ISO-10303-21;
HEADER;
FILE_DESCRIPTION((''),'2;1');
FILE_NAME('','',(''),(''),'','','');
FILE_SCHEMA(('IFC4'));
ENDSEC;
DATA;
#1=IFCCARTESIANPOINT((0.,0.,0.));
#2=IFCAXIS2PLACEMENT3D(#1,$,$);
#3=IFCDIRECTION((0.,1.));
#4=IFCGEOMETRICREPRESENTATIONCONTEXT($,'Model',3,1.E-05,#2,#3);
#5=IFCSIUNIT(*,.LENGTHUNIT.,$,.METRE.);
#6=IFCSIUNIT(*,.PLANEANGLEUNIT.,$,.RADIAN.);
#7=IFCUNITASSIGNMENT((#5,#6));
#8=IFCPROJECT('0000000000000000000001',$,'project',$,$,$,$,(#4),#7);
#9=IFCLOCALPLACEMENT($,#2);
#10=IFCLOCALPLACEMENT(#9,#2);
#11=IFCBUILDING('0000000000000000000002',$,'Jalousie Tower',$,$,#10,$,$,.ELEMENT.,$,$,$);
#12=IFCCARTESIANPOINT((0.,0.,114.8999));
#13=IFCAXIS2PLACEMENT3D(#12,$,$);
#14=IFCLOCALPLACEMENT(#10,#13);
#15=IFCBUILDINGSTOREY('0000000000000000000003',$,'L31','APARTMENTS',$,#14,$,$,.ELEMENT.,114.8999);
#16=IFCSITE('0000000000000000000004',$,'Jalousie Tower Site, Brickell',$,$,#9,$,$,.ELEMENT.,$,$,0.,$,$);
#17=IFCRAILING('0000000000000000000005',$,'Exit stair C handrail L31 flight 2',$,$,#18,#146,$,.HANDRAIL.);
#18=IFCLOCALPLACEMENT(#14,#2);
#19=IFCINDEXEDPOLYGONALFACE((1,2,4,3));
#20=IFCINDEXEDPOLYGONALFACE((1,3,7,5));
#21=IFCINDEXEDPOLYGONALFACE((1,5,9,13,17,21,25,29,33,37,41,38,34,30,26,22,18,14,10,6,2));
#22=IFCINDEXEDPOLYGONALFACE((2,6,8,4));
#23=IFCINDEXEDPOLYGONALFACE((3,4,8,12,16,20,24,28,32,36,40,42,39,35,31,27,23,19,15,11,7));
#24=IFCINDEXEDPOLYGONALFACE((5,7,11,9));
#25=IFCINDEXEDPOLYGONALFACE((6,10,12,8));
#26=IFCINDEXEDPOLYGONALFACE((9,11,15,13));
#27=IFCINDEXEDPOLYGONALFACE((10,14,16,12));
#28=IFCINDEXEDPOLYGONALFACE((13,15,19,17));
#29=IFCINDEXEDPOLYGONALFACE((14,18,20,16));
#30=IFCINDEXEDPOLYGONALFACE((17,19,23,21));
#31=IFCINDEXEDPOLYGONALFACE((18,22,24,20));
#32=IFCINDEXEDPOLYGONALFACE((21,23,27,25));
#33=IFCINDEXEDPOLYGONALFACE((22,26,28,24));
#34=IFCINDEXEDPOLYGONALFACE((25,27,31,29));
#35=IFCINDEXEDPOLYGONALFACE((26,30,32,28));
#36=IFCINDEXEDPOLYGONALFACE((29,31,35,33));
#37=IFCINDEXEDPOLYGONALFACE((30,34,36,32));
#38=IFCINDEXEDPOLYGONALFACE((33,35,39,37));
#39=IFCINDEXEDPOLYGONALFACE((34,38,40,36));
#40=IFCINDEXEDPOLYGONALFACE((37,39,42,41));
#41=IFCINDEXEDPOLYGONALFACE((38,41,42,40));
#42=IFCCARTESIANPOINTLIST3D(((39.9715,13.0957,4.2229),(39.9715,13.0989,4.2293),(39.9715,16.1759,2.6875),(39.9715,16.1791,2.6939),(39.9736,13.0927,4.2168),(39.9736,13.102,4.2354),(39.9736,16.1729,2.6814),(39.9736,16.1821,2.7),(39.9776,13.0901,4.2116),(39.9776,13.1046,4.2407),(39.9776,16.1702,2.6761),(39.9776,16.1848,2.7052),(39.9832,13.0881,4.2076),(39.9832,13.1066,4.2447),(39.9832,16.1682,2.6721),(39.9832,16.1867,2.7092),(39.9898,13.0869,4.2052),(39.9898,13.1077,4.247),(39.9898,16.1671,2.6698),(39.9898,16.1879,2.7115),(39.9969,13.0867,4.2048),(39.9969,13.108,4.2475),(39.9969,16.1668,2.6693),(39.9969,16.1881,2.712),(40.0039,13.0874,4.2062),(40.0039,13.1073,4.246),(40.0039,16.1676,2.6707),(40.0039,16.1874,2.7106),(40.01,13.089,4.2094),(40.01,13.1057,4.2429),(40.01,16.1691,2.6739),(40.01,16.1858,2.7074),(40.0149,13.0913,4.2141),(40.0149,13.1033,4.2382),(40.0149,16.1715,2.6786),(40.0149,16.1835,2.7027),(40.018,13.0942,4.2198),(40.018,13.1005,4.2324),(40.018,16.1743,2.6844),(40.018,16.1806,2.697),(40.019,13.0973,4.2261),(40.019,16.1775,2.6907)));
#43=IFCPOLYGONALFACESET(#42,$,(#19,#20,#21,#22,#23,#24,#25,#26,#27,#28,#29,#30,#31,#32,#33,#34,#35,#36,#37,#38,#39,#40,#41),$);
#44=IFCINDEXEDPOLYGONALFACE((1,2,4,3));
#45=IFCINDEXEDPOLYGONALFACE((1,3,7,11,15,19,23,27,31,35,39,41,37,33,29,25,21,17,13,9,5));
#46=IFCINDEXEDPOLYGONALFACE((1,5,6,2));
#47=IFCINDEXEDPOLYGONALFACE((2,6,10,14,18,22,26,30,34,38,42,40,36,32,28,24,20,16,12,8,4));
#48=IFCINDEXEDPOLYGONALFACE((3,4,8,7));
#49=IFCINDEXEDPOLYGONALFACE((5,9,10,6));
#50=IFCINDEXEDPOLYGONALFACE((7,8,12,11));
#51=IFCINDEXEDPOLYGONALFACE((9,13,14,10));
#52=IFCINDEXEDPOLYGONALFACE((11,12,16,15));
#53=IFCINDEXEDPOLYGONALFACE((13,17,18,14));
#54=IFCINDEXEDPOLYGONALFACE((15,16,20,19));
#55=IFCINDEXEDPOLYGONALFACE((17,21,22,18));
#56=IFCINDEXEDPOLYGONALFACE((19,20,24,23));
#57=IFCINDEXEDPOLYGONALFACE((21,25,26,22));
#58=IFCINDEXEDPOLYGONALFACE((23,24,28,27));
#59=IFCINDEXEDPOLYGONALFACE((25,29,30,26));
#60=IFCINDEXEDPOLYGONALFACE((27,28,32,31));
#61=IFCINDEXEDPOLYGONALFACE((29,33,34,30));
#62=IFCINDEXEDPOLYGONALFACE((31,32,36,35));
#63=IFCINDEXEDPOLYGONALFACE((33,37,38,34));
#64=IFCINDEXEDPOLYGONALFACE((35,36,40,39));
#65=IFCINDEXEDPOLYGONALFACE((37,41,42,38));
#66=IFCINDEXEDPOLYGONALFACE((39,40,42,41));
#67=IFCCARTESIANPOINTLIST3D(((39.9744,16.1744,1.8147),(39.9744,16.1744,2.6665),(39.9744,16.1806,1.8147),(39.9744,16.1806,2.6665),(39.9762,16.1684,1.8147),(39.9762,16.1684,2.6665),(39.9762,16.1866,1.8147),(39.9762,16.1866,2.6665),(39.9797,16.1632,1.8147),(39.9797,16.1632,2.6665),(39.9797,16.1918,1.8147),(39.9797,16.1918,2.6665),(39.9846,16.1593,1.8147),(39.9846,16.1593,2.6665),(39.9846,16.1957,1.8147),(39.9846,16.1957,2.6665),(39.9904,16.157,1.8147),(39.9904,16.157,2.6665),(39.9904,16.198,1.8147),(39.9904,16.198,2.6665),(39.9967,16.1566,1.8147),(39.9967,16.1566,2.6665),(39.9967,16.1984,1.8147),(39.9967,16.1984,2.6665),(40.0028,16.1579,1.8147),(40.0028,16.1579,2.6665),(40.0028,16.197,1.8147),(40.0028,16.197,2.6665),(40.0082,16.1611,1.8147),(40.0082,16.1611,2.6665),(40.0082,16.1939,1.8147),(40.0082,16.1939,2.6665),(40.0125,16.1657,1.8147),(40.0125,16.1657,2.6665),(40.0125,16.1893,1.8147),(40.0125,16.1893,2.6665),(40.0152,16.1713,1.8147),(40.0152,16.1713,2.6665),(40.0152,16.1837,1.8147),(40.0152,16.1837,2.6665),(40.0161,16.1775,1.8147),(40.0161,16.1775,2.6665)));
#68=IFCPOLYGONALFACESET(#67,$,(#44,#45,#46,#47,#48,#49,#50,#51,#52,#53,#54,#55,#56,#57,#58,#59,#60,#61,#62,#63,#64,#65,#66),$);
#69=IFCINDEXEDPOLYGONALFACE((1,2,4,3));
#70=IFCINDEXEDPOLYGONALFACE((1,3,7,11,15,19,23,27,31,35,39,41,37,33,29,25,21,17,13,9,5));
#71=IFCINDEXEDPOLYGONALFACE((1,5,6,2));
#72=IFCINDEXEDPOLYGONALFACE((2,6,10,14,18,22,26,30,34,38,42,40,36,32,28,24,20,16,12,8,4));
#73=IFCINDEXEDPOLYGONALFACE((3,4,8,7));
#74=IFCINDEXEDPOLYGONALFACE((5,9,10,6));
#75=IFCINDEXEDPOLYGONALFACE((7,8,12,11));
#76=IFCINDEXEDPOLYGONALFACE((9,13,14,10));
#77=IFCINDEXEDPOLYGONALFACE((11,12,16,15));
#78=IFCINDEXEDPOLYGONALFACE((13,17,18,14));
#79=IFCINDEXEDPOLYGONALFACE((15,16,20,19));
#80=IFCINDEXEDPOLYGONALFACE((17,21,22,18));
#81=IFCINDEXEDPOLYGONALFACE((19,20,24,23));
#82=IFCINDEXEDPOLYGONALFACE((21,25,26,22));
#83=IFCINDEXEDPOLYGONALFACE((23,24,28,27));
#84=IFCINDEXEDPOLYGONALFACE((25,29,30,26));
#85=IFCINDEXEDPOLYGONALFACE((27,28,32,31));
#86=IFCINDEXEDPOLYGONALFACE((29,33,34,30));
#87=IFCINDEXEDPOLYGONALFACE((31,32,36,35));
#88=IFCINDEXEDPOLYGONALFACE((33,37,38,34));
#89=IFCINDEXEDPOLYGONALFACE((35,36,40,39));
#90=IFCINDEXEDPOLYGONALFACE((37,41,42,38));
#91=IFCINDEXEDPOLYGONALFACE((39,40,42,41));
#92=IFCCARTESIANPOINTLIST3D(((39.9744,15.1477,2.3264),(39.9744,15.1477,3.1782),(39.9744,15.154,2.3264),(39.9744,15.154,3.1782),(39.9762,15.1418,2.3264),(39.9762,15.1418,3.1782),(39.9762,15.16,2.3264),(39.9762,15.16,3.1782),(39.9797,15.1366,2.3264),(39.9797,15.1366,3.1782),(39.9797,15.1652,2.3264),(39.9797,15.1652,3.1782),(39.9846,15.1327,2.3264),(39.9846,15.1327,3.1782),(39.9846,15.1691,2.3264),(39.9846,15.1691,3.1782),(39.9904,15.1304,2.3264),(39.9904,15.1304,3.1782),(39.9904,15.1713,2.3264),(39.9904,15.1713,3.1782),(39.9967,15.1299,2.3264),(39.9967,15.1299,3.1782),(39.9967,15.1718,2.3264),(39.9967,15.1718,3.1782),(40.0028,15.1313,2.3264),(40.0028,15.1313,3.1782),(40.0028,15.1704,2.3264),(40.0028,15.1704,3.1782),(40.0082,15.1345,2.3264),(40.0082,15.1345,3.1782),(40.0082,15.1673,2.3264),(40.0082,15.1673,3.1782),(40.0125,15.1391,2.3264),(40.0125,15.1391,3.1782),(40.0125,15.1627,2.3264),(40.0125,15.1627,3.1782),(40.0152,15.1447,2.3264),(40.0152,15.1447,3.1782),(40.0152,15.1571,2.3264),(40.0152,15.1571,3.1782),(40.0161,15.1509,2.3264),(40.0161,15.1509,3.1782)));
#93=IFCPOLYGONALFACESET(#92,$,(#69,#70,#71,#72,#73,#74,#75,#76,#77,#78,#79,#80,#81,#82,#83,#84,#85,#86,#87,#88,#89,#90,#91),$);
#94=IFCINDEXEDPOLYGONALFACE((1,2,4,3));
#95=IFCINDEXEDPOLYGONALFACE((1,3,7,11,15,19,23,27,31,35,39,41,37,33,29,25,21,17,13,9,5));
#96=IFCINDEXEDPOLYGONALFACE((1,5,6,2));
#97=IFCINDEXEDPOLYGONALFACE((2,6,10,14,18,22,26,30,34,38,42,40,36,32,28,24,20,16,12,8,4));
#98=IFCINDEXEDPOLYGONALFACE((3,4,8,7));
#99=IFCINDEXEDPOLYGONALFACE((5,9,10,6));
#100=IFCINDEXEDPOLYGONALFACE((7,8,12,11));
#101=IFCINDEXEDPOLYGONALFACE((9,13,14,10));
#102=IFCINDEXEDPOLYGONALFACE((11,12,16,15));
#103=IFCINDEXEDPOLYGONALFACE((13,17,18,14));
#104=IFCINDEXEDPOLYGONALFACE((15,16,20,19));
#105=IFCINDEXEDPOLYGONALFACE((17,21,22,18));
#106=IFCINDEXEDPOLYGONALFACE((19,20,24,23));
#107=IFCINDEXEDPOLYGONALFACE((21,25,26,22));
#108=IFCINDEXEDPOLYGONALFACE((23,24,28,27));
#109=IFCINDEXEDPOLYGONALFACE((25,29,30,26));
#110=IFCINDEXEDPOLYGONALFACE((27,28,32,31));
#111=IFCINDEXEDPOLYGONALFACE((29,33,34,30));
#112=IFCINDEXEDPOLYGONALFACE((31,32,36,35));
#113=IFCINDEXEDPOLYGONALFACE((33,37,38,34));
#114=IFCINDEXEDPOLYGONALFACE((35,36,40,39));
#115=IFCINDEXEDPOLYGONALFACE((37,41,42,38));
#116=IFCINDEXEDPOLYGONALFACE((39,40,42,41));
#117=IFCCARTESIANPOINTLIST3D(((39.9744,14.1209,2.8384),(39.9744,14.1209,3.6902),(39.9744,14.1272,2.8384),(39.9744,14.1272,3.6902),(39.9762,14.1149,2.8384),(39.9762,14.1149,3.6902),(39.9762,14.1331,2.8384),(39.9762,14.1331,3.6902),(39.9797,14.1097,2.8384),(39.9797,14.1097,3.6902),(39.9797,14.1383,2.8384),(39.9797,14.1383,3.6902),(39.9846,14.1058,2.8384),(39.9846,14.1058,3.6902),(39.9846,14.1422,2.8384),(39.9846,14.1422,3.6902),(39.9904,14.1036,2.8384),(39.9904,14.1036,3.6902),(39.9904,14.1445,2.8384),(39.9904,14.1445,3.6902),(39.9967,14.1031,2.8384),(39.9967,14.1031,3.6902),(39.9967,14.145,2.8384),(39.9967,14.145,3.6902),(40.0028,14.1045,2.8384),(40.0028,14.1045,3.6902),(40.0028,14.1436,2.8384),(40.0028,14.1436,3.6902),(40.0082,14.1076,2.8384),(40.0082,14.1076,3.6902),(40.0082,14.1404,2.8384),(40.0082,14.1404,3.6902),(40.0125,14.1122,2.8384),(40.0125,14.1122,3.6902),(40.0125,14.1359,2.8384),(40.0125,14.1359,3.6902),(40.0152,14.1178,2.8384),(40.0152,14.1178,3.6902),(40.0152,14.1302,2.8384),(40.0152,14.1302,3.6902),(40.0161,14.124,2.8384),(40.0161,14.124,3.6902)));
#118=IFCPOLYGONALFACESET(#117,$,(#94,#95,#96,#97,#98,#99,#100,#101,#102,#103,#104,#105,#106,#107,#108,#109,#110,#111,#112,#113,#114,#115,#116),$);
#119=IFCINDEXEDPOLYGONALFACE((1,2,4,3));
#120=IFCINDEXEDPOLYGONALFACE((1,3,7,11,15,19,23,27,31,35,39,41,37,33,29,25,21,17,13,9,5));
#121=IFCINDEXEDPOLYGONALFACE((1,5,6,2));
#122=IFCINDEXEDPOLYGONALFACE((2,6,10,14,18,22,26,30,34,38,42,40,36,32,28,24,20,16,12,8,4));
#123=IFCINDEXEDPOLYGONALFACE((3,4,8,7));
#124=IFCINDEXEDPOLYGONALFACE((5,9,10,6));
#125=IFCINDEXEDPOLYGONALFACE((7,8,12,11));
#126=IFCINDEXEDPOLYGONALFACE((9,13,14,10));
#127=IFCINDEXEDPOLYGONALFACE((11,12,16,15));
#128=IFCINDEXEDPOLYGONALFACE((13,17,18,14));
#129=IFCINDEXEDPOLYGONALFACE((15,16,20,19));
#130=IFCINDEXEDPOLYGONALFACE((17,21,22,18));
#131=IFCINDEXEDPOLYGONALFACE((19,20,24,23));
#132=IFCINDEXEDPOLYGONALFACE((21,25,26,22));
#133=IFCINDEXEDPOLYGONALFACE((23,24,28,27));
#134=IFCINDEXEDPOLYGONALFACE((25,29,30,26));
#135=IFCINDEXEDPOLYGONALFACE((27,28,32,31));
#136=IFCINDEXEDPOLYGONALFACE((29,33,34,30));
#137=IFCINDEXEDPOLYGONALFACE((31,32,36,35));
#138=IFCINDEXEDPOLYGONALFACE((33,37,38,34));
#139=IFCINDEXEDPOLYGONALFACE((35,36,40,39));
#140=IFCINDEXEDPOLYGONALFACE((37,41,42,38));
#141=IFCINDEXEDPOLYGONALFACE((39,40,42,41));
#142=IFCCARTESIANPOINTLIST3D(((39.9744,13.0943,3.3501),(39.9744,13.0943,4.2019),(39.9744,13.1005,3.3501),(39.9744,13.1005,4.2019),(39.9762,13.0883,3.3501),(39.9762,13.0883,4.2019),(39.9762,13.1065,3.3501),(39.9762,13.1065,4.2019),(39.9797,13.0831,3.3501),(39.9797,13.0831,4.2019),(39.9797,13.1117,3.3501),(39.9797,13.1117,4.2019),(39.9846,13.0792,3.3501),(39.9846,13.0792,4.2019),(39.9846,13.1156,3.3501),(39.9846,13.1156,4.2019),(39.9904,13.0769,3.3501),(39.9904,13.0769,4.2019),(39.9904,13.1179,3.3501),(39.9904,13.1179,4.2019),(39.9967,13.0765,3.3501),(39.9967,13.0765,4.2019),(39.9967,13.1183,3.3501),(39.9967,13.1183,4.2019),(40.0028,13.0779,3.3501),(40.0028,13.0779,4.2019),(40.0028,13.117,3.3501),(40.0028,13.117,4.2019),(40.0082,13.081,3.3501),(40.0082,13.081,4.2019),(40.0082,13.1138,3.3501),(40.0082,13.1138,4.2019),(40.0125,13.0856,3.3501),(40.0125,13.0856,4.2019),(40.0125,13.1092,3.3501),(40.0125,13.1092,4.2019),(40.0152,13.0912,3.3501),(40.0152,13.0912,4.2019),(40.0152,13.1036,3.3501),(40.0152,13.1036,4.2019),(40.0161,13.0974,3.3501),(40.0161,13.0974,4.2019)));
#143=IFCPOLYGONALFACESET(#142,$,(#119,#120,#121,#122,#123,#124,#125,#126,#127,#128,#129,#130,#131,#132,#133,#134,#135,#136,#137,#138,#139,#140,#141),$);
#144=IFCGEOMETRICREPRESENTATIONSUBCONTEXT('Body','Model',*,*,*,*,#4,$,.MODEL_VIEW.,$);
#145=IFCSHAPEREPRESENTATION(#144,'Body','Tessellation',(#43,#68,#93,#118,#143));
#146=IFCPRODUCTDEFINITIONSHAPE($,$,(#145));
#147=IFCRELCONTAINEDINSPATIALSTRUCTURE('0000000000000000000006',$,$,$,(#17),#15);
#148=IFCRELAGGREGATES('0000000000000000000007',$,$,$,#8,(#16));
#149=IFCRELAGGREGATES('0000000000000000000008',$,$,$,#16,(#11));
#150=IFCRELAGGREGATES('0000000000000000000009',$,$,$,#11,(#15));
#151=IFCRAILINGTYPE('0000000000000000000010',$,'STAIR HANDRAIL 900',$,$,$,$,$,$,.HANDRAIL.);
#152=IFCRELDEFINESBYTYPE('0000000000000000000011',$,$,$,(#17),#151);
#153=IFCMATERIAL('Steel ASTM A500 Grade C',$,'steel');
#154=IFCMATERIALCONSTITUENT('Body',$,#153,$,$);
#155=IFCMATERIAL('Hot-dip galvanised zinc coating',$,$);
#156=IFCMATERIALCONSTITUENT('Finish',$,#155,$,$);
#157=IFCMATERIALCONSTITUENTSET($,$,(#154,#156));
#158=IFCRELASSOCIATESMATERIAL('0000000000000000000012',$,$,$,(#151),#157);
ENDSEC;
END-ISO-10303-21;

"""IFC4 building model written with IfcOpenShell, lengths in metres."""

from ifc_helpers import new_model, si_unit, direction, frame, origin, origin_2d, place, context, subcontext, project, spatial, circle, extrude, material, constituent, constituent_set, type_object, element, save


model = new_model("IFC4")

# Units and contexts
model_context = context("Model", 3, precision=1e-05, world=origin(), true_north=direction((0.0, 1.0)))
body_context = subcontext(model_context, "Body", "Model", "MODEL_VIEW")
ifc_project = project(units=[si_unit("LENGTHUNIT", "METRE"), si_unit("PLANEANGLEUNIT", "RADIAN")], contexts=[model_context])

# Site, building, storey
site_placement = place(None, origin())
site = spatial("IfcSite", under=ifc_project, at=site_placement, Name="Jalousie Tower Site, Brickell", CompositionType="ELEMENT", RefElevation=0.0)
building_placement = place(site_placement, origin())
building = spatial("IfcBuilding", under=site, at=building_placement, Name="Jalousie Tower", CompositionType="ELEMENT")
storey_placement = place(building_placement, frame((0.0, 0.0, 114.8999)))
storey = spatial("IfcBuildingStorey", under=building, at=storey_placement, Name="L31", Description="APARTMENTS", CompositionType="ELEMENT", Elevation=114.8999)

# Railing
ifc_material_1 = material(Name="Steel ASTM A500 Grade C", Category="steel")
ifc_constituent_1 = constituent(ifc_material_1, Name="Body")
ifc_material_2 = material(Name="Hot-dip galvanised zinc coating")
ifc_constituent_2 = constituent(ifc_material_2, Name="Finish")
ifc_constituent_set_1 = constituent_set(constituents=[ifc_constituent_1, ifc_constituent_2])
railing_type_1 = type_object("IfcRailingType", Name="STAIR HANDRAIL 900", PredefinedType="HANDRAIL", material=ifc_constituent_set_1)
railing_1_placement = place(storey_placement, frame((39.9951, 16.1775, 1.8147)))
element("IfcRailing", 1, at=railing_1_placement, inside=storey, type_object=railing_type_1, Name="Exit stair C handrail L31 flight 2", PredefinedType="HANDRAIL", context=body_context, shape_type="SweptSolid", body=[
    extrude(circle(Radius=0.0239, at=origin_2d()), frame((0.0, 0.0, 0.876), z_axis=(0.0, -0.894966, 0.446135), x_axis=(1.0, 0.0, 0.0)), (0.0, 0.0, 1.0), 3.4417),
    extrude(circle(Radius=0.021, at=origin_2d()), origin(), (0.0, 0.0, 1.0), 0.8518),
    extrude(circle(Radius=0.021, at=origin_2d()), frame((0.0, -1.0266, 0.5117)), (0.0, 0.0, 1.0), 0.8518),
    extrude(circle(Radius=0.021, at=origin_2d()), frame((0.0, -2.0535, 1.0237)), (0.0, 0.0, 1.0), 0.8518),
    extrude(circle(Radius=0.021, at=origin_2d()), frame((0.0, -3.0801, 1.5354)), (0.0, 0.0, 1.0), 0.8518),
])

save(model, "model.ifc")
